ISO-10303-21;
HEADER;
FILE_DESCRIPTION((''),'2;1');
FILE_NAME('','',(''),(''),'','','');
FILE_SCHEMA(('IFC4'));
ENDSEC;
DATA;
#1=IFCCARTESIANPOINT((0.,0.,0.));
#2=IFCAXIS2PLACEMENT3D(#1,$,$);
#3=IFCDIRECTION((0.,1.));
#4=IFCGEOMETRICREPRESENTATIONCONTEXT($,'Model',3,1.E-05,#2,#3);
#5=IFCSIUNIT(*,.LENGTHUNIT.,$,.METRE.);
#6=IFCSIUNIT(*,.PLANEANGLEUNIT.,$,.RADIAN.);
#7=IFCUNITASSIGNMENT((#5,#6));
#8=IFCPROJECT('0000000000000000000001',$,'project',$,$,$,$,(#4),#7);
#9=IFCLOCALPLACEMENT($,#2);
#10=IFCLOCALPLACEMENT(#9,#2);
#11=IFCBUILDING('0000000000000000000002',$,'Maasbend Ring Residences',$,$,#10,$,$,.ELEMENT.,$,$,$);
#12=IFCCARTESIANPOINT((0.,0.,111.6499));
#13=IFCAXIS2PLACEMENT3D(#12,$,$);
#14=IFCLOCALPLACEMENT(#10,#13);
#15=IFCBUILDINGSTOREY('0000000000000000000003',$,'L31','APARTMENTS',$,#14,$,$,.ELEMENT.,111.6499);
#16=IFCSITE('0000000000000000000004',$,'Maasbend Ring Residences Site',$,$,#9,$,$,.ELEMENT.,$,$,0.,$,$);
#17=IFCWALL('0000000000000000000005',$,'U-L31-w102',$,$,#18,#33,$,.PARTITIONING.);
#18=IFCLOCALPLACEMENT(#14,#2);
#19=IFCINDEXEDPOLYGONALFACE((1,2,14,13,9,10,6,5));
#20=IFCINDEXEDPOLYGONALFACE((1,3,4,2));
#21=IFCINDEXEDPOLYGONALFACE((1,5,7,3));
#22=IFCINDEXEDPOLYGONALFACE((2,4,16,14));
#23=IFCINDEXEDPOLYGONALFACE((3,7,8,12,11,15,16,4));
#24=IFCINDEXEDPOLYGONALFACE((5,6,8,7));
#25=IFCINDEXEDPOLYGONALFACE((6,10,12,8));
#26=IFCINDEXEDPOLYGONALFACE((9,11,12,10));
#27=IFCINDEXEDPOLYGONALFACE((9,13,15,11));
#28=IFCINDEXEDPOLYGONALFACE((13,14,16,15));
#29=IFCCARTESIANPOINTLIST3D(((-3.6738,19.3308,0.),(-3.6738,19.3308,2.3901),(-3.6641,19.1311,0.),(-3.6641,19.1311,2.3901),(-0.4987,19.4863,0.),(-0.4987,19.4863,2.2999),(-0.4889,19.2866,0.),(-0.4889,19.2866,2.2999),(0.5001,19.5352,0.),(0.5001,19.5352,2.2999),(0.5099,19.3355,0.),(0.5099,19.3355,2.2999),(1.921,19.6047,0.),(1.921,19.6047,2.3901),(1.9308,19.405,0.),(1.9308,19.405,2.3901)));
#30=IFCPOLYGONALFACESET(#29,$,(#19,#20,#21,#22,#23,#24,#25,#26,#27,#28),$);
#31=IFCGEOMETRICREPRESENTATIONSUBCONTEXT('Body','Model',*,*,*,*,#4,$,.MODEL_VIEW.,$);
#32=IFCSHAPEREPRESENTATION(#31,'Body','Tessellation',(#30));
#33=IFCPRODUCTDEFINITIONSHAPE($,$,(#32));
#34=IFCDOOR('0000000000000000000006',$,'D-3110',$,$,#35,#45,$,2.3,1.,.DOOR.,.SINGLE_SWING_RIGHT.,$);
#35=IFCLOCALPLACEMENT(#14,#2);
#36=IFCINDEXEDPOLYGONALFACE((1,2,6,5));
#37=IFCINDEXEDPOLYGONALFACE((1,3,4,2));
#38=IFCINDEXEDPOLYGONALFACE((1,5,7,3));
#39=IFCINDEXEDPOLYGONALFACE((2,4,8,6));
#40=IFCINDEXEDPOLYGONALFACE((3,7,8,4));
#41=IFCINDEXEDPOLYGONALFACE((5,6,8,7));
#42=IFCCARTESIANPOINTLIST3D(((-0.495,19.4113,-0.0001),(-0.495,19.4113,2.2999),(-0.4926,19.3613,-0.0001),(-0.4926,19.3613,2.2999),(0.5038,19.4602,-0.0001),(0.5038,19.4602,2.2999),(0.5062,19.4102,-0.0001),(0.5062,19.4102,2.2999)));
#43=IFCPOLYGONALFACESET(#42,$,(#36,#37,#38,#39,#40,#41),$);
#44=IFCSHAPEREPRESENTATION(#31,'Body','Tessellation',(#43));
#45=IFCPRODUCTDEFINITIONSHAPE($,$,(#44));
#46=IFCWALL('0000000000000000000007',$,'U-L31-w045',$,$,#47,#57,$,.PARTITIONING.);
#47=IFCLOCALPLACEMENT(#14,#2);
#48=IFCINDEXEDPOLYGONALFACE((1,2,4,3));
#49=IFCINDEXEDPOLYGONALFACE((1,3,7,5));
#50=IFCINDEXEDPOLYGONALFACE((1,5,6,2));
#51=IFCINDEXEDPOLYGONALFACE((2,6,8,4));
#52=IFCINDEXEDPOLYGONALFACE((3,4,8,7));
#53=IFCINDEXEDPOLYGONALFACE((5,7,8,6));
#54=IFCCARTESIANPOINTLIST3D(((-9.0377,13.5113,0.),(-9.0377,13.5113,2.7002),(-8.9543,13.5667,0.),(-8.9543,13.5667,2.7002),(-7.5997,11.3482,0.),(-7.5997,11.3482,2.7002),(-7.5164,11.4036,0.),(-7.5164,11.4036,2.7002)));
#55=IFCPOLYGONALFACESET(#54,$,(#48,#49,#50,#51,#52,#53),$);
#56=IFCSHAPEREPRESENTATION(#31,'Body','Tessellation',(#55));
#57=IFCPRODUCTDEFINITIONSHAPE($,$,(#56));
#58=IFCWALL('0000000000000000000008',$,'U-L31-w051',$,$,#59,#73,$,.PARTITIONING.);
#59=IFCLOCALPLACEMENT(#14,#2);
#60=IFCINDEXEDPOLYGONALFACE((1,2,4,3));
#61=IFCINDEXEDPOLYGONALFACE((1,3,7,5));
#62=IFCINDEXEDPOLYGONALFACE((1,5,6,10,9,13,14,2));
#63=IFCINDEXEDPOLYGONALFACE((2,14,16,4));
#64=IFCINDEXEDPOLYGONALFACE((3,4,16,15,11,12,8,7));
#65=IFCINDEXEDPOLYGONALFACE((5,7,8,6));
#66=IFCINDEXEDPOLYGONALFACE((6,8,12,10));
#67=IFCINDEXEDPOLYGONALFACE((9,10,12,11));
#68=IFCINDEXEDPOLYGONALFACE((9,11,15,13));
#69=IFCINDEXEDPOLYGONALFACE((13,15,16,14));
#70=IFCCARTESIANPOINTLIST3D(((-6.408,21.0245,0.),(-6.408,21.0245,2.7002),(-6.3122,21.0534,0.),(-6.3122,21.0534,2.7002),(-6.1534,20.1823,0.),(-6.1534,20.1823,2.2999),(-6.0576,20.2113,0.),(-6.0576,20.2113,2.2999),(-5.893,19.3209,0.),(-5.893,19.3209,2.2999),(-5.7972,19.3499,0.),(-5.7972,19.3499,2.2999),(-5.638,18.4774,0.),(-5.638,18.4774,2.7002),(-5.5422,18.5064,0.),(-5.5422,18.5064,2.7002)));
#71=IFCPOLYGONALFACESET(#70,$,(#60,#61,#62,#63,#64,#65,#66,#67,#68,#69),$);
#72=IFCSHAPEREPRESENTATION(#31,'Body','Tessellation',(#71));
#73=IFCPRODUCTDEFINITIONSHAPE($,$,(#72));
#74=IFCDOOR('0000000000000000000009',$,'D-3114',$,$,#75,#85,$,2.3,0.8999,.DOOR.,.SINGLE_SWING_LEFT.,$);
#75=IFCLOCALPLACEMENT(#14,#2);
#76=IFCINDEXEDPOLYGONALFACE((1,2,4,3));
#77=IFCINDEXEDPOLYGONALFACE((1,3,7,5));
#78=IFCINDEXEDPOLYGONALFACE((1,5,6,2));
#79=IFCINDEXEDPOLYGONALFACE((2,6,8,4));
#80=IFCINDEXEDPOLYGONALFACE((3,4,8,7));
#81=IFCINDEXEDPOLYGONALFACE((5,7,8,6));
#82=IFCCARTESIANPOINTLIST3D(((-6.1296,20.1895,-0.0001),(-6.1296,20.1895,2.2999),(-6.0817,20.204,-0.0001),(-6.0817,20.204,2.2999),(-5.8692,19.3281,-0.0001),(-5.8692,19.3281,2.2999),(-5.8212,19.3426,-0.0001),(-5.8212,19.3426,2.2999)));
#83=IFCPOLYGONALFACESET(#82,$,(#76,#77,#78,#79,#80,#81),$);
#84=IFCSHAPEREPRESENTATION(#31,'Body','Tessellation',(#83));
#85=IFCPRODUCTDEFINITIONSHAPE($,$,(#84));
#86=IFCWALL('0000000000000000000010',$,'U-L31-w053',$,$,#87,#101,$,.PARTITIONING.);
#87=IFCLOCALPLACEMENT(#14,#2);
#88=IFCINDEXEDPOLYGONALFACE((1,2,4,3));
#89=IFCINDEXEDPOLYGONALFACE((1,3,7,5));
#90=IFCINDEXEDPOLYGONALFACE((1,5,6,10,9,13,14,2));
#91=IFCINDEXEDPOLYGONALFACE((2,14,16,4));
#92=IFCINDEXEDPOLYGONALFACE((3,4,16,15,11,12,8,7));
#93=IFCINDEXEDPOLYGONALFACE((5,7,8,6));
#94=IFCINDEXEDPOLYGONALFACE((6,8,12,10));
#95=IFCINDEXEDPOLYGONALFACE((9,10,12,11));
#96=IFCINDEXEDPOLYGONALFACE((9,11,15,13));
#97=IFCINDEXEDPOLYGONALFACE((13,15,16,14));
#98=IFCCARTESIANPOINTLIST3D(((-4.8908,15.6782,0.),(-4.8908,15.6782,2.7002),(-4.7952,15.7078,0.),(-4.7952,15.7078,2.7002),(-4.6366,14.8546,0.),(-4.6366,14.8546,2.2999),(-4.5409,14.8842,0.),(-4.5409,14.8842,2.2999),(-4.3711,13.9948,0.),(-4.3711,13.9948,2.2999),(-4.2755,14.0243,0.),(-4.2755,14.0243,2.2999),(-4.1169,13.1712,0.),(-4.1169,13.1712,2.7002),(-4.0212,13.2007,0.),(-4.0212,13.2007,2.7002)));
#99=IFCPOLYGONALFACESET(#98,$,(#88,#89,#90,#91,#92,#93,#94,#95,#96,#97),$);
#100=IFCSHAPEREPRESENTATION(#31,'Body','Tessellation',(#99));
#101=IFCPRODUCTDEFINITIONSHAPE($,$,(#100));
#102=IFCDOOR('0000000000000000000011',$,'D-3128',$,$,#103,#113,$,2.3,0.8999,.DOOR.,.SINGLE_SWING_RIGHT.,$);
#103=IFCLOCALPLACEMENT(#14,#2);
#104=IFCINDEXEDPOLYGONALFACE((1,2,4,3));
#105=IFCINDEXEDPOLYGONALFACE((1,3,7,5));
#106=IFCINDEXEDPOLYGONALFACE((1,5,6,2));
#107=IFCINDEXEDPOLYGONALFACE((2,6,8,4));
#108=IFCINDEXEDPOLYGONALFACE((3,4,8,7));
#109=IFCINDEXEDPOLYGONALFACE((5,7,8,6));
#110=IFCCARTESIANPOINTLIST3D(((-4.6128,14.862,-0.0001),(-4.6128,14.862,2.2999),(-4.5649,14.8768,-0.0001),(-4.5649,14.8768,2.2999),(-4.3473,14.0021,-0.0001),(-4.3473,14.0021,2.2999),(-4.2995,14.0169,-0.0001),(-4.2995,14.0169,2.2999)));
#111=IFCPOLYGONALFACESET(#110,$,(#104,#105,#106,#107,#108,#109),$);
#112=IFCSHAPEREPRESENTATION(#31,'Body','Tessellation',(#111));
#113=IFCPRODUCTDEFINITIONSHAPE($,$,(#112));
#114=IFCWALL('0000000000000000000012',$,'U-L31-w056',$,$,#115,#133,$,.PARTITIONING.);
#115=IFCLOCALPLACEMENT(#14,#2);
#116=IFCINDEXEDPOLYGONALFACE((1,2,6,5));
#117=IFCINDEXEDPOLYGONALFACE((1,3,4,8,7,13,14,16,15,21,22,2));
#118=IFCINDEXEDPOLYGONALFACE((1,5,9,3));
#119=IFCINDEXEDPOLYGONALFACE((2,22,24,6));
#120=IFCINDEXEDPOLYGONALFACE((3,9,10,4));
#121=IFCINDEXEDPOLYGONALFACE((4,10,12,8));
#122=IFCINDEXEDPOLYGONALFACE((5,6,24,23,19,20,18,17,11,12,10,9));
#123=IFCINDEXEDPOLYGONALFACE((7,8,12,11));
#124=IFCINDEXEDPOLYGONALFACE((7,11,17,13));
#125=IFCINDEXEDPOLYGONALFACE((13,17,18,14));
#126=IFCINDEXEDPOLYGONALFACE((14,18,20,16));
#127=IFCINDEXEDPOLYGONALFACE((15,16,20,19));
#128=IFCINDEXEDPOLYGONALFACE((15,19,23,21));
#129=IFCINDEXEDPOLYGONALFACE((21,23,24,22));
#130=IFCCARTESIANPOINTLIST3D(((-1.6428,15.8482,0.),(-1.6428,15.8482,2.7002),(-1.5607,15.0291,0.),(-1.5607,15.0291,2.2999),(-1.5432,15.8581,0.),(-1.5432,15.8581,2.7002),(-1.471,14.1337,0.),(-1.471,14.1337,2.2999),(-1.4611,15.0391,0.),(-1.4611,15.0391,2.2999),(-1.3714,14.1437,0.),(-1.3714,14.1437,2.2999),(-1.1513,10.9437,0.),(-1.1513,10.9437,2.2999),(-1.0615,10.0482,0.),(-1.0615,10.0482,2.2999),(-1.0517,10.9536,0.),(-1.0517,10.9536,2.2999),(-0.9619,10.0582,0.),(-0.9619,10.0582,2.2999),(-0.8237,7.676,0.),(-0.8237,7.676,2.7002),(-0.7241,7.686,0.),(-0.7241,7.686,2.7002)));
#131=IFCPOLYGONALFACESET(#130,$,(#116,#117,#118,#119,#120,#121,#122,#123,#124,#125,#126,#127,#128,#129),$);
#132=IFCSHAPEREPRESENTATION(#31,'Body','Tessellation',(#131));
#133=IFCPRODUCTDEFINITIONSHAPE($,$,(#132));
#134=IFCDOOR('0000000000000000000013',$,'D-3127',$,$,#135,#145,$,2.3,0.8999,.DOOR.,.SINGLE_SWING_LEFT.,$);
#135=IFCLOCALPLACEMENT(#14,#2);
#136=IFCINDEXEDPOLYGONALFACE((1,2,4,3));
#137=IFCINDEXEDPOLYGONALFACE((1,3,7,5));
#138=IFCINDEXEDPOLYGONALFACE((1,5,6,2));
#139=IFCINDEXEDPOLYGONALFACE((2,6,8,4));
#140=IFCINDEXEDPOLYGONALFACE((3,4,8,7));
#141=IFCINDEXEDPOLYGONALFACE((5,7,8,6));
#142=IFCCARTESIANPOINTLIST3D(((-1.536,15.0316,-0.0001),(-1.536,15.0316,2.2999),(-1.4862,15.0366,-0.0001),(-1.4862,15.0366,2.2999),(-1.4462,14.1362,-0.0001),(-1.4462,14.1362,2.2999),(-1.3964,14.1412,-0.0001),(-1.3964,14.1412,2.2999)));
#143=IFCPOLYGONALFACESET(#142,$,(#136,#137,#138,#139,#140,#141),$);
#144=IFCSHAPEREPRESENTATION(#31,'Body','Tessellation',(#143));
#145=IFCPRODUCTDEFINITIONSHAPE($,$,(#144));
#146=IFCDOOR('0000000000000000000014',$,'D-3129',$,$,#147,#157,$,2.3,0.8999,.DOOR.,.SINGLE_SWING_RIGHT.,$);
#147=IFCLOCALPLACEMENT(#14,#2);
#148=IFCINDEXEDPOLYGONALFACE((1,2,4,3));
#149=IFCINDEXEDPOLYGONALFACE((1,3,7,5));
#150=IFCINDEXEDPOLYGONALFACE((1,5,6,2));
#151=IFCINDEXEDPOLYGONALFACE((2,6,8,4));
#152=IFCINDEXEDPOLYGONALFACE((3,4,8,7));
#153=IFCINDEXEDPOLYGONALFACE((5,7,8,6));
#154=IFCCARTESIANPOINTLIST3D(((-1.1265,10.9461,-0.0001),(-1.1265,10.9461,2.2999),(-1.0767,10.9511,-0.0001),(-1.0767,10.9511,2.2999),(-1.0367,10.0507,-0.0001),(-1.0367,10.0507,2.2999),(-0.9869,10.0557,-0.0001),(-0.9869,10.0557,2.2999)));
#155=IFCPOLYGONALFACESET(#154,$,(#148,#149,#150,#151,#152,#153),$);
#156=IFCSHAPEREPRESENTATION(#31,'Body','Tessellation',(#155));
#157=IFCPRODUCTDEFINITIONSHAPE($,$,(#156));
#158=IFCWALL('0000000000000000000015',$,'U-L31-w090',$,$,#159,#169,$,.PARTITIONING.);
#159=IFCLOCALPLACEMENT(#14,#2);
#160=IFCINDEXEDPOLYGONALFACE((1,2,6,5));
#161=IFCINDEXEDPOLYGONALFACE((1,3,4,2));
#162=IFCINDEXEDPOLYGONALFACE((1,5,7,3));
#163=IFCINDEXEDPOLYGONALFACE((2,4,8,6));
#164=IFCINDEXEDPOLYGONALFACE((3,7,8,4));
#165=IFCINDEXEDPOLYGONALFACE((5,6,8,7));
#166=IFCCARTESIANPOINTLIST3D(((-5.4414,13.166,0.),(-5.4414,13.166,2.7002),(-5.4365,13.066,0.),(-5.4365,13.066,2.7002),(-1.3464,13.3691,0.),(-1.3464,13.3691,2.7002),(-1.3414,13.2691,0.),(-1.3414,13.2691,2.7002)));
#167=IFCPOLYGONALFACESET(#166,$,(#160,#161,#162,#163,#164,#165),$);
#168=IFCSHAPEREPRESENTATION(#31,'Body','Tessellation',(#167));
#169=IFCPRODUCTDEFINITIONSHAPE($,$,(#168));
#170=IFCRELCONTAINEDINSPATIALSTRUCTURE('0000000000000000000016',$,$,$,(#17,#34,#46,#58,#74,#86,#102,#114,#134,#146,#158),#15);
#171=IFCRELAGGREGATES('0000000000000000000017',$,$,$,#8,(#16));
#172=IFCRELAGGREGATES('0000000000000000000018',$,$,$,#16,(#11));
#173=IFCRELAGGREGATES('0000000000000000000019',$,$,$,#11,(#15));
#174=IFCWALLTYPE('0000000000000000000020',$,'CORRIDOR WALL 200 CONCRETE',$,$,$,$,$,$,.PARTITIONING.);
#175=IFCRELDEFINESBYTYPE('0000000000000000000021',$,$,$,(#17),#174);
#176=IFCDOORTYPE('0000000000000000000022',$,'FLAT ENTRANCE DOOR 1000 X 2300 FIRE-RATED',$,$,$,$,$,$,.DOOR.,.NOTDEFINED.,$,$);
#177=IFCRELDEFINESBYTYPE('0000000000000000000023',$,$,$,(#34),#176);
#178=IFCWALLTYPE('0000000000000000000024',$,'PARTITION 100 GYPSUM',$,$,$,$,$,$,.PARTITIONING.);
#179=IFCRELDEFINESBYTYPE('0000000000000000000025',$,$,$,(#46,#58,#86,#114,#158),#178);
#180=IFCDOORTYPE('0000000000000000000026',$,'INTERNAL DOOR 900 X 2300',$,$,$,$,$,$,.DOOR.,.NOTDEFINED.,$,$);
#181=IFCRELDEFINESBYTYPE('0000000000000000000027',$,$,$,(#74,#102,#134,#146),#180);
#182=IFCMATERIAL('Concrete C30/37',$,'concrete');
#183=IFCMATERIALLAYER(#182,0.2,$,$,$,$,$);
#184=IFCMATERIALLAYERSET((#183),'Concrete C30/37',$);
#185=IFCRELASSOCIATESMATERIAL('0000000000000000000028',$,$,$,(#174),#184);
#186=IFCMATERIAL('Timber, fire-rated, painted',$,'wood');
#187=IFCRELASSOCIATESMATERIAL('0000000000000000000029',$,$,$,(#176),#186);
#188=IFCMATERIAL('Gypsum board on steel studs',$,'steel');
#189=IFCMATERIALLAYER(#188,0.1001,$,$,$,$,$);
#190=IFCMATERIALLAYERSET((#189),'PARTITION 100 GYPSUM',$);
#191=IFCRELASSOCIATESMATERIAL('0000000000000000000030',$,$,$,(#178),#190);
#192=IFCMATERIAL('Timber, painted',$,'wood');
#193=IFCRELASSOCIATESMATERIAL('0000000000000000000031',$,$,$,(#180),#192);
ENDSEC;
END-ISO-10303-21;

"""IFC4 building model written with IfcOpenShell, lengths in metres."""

from ifc_helpers import new_model, si_unit, direction, frame, frame_2d, origin, place, context, subcontext, project, spatial, rectangle, extrude, material, layer, layer_set, type_object, element, fill, save


model = new_model("IFC4")

# Units and contexts
model_context = context("Model", 3, precision=1e-05, world=origin(), true_north=direction((0.0, 1.0)))
body_context = subcontext(model_context, "Body", "Model", "MODEL_VIEW")
ifc_project = project(units=[si_unit("LENGTHUNIT", "METRE"), si_unit("PLANEANGLEUNIT", "RADIAN")], contexts=[model_context])

# Site, building, storey
site_placement = place(None, origin())
site = spatial("IfcSite", under=ifc_project, at=site_placement, Name="Maasbend Ring Residences Site", CompositionType="ELEMENT", RefElevation=0.0)
building_placement = place(site_placement, origin())
building = spatial("IfcBuilding", under=site, at=building_placement, Name="Maasbend Ring Residences", CompositionType="ELEMENT")
storey_placement = place(building_placement, frame((0.0, 0.0, 111.6499)))
storey = spatial("IfcBuildingStorey", under=building, at=storey_placement, Name="L31", Description="APARTMENTS", CompositionType="ELEMENT", Elevation=111.6499)

# Wall, opening, door
ifc_material_1 = material(Name="Concrete C30/37", Category="concrete")
ifc_layer_1 = layer(ifc_material_1, 0.2)
ifc_layer_set_1 = layer_set([ifc_layer_1], Name="Concrete C30/37")
wall_type_1 = type_object("IfcWallType", Name="CORRIDOR WALL 200 CONCRETE", PredefinedType="PARTITIONING", material=ifc_layer_set_1)
ifc_material_2 = material(Name="Timber, fire-rated, painted", Category="wood")
door_type_1 = type_object("IfcDoorType", Name="FLAT ENTRANCE DOOR 1000 X 2300 FIRE-RATED", OperationType="NOTDEFINED", PredefinedType="DOOR", material=ifc_material_2)
wall_1_placement = place(storey_placement, frame((-3.6689, 19.231, 0.0), z_axis=(0.0, 0.0, 1.0), x_axis=(0.998804, 0.048901, 0.0)))
wall_1 = element("IfcWall", 1, at=wall_1_placement, inside=storey, type_object=wall_type_1, Name="U-L31-w102", PredefinedType="PARTITIONING", context=body_context, shape_type="SweptSolid", body=[
    extrude(rectangle(XDim=5.6016, YDim=0.2, at=frame_2d((2.8008, 0.0))), origin(), (0.0, 0.0, 1.0), 2.3901),
])
opening_1_placement = place(wall_1_placement, frame((3.179, 0.0, 0.0)))
opening_1 = element("IfcOpeningElement", 2, at=opening_1_placement, cuts=wall_1, PredefinedType="OPENING", context=body_context, shape_type="SweptSolid", body=[
    extrude(rectangle(XDim=1.0, YDim=2.3, at=frame_2d((0.5, 1.1499))), frame((0.0, 0.1099, 0.0), z_axis=(0.0, -1.0, 0.0), x_axis=(1.0, 0.0, 0.0)), (0.0, 0.0, 1.0), 0.22),
])
door_1_placement = place(opening_1_placement, origin())
door_1 = element("IfcDoor", 3, at=door_1_placement, inside=storey, type_object=door_type_1, Name="D-3110", OperationType="SINGLE_SWING_RIGHT", OverallHeight=2.3, OverallWidth=1.0, PredefinedType="DOOR", context=body_context, shape_type="SweptSolid", body=[
    extrude(rectangle(XDim=1.0, YDim=2.3, at=frame_2d((0.5, 1.1499))), frame((0.0, 0.0249, 0.0), z_axis=(0.0, -1.0, 0.0), x_axis=(1.0, 0.0, 0.0)), (0.0, 0.0, 1.0), 0.05),
])
fill(opening_1, door_1)

# Wall
ifc_material_3 = material(Name="Gypsum board on steel studs", Category="steel")
ifc_layer_2 = layer(ifc_material_3, 0.1001)
ifc_layer_set_2 = layer_set([ifc_layer_2], Name="PARTITION 100 GYPSUM")
wall_type_2 = type_object("IfcWallType", Name="PARTITION 100 GYPSUM", PredefinedType="PARTITIONING", material=ifc_layer_set_2)
wall_2_placement = place(storey_placement, frame((-8.9961, 13.5391, 0.0), z_axis=(0.0, 0.0, 1.0), x_axis=(0.553615, -0.832773, 0.0)))
element("IfcWall", 4, at=wall_2_placement, inside=storey, type_object=wall_type_2, Name="U-L31-w045", PredefinedType="PARTITIONING", context=body_context, shape_type="SweptSolid", body=[
    extrude(rectangle(XDim=2.5974, YDim=0.1001, at=frame_2d((1.2988, 0.0))), origin(), (0.0, 0.0, 1.0), 2.7002),
])

# Walls, openings, doors
wall_3_placement = place(storey_placement, frame((-6.3601, 21.0391, 0.0), z_axis=(0.0, 0.0, 1.0), x_axis=(0.289376, -0.957216, 0.0)))
wall_3 = element("IfcWall", 5, at=wall_3_placement, inside=storey, type_object=wall_type_2, Name="U-L31-w051", PredefinedType="PARTITIONING", context=body_context, shape_type="SweptSolid", body=[
    extrude(rectangle(XDim=2.6609, YDim=0.1001, at=frame_2d((1.3306, 0.0))), origin(), (0.0, 0.0, 1.0), 2.7002),
])
opening_2_placement = place(wall_3_placement, frame((0.8799, 0.0, 0.0)))
opening_2 = element("IfcOpeningElement", 6, at=opening_2_placement, cuts=wall_3, PredefinedType="OPENING", context=body_context, shape_type="SweptSolid", body=[
    extrude(rectangle(XDim=0.8999, YDim=2.3, at=frame_2d((0.45, 1.1499))), frame((0.0, 0.0601, 0.0), z_axis=(0.0, -1.0, 0.0), x_axis=(1.0, 0.0, 0.0)), (0.0, 0.0, 1.0), 0.1201),
])
ifc_material_4 = material(Name="Timber, painted", Category="wood")
door_type_2 = type_object("IfcDoorType", Name="INTERNAL DOOR 900 X 2300", OperationType="NOTDEFINED", PredefinedType="DOOR", material=ifc_material_4)
door_2_placement = place(opening_2_placement, origin())
door_2 = element("IfcDoor", 7, at=door_2_placement, inside=storey, type_object=door_type_2, Name="D-3114", OperationType="SINGLE_SWING_LEFT", OverallHeight=2.3, OverallWidth=0.8999, PredefinedType="DOOR", context=body_context, shape_type="SweptSolid", body=[
    extrude(rectangle(XDim=0.8999, YDim=2.3, at=frame_2d((0.45, 1.1499))), frame((0.0, 0.0249, 0.0), z_axis=(0.0, -1.0, 0.0), x_axis=(1.0, 0.0, 0.0)), (0.0, 0.0, 1.0), 0.05),
])
fill(opening_2, door_2)
wall_4_placement = place(storey_placement, frame((-4.843, 15.6931, 0.0), z_axis=(0.0, 0.0, 1.0), x_axis=(0.294962, -0.955509, 0.0)))
wall_4 = element("IfcWall", 8, at=wall_4_placement, inside=storey, type_object=wall_type_2, Name="U-L31-w053", PredefinedType="PARTITIONING", context=body_context, shape_type="SweptSolid", body=[
    extrude(rectangle(XDim=2.6238, YDim=0.1001, at=frame_2d((1.312, 0.0))), origin(), (0.0, 0.0, 1.0), 2.7002),
])
opening_3_placement = place(wall_4_placement, frame((0.8621, 0.0, 0.0)))
opening_3 = element("IfcOpeningElement", 9, at=opening_3_placement, cuts=wall_4, PredefinedType="OPENING", context=body_context, shape_type="SweptSolid", body=[
    extrude(rectangle(XDim=0.8999, YDim=2.3, at=frame_2d((0.45, 1.1499))), frame((0.0, 0.0601, 0.0), z_axis=(0.0, -1.0, 0.0), x_axis=(1.0, 0.0, 0.0)), (0.0, 0.0, 1.0), 0.1201),
])
door_3_placement = place(opening_3_placement, origin())
door_3 = element("IfcDoor", 10, at=door_3_placement, inside=storey, type_object=door_type_2, Name="D-3128", OperationType="SINGLE_SWING_RIGHT", OverallHeight=2.3, OverallWidth=0.8999, PredefinedType="DOOR", context=body_context, shape_type="SweptSolid", body=[
    extrude(rectangle(XDim=0.8999, YDim=2.3, at=frame_2d((0.45, 1.1499))), frame((0.0, 0.0249, 0.0), z_axis=(0.0, -1.0, 0.0), x_axis=(1.0, 0.0, 0.0)), (0.0, 0.0, 1.0), 0.05),
])
fill(opening_3, door_3)

# Wall, openings, doors
wall_5_placement = place(storey_placement, frame((-1.593, 15.853, 0.0), z_axis=(0.0, 0.0, 1.0), x_axis=(0.09973, -0.995015, 0.0)))
wall_5 = element("IfcWall", 11, at=wall_5_placement, inside=storey, type_object=wall_type_2, Name="U-L31-w056", PredefinedType="PARTITIONING", context=body_context, shape_type="SweptSolid", body=[
    extrude(rectangle(XDim=8.2131, YDim=0.1001, at=frame_2d((4.1064, 0.0))), origin(), (0.0, 0.0, 1.0), 2.7002),
])
opening_4_placement = place(wall_5_placement, frame((0.823, 0.0, 0.0)))
opening_4 = element("IfcOpeningElement", 12, at=opening_4_placement, cuts=wall_5, PredefinedType="OPENING", context=body_context, shape_type="SweptSolid", body=[
    extrude(rectangle(XDim=0.8999, YDim=2.3, at=frame_2d((0.45, 1.1499))), frame((0.0, 0.0601, 0.0), z_axis=(0.0, -1.0, 0.0), x_axis=(1.0, 0.0, 0.0)), (0.0, 0.0, 1.0), 0.1201),
])
opening_5_placement = place(wall_5_placement, frame((4.929, 0.0, 0.0)))
opening_5 = element("IfcOpeningElement", 13, at=opening_5_placement, cuts=wall_5, PredefinedType="OPENING", context=body_context, shape_type="SweptSolid", body=[
    extrude(rectangle(XDim=0.8999, YDim=2.3, at=frame_2d((0.45, 1.1499))), frame((0.0, 0.0601, 0.0), z_axis=(0.0, -1.0, 0.0), x_axis=(1.0, 0.0, 0.0)), (0.0, 0.0, 1.0), 0.1201),
])
door_4_placement = place(opening_4_placement, origin())
door_4 = element("IfcDoor", 14, at=door_4_placement, inside=storey, type_object=door_type_2, Name="D-3127", OperationType="SINGLE_SWING_LEFT", OverallHeight=2.3, OverallWidth=0.8999, PredefinedType="DOOR", context=body_context, shape_type="SweptSolid", body=[
    extrude(rectangle(XDim=0.8999, YDim=2.3, at=frame_2d((0.45, 1.1499))), frame((0.0, 0.0249, 0.0), z_axis=(0.0, -1.0, 0.0), x_axis=(1.0, 0.0, 0.0)), (0.0, 0.0, 1.0), 0.05),
])
fill(opening_4, door_4)
door_5_placement = place(opening_5_placement, origin())
door_5 = element("IfcDoor", 15, at=door_5_placement, inside=storey, type_object=door_type_2, Name="D-3129", OperationType="SINGLE_SWING_RIGHT", OverallHeight=2.3, OverallWidth=0.8999, PredefinedType="DOOR", context=body_context, shape_type="SweptSolid", body=[
    extrude(rectangle(XDim=0.8999, YDim=2.3, at=frame_2d((0.45, 1.1499))), frame((0.0, 0.0249, 0.0), z_axis=(0.0, -1.0, 0.0), x_axis=(1.0, 0.0, 0.0)), (0.0, 0.0, 1.0), 0.05),
])
fill(opening_5, door_5)

# Wall
wall_6_placement = place(storey_placement, frame((-5.439, 13.116, 0.0), z_axis=(0.0, 0.0, 1.0), x_axis=(0.998772, 0.049543, 0.0)))
element("IfcWall", 16, at=wall_6_placement, inside=storey, type_object=wall_type_2, Name="U-L31-w090", PredefinedType="PARTITIONING", context=body_context, shape_type="SweptSolid", body=[
    extrude(rectangle(XDim=4.1001, YDim=0.1001, at=frame_2d((2.05, 0.0))), origin(), (0.0, 0.0, 1.0), 2.7002),
])

save(model, "model.ifc")
